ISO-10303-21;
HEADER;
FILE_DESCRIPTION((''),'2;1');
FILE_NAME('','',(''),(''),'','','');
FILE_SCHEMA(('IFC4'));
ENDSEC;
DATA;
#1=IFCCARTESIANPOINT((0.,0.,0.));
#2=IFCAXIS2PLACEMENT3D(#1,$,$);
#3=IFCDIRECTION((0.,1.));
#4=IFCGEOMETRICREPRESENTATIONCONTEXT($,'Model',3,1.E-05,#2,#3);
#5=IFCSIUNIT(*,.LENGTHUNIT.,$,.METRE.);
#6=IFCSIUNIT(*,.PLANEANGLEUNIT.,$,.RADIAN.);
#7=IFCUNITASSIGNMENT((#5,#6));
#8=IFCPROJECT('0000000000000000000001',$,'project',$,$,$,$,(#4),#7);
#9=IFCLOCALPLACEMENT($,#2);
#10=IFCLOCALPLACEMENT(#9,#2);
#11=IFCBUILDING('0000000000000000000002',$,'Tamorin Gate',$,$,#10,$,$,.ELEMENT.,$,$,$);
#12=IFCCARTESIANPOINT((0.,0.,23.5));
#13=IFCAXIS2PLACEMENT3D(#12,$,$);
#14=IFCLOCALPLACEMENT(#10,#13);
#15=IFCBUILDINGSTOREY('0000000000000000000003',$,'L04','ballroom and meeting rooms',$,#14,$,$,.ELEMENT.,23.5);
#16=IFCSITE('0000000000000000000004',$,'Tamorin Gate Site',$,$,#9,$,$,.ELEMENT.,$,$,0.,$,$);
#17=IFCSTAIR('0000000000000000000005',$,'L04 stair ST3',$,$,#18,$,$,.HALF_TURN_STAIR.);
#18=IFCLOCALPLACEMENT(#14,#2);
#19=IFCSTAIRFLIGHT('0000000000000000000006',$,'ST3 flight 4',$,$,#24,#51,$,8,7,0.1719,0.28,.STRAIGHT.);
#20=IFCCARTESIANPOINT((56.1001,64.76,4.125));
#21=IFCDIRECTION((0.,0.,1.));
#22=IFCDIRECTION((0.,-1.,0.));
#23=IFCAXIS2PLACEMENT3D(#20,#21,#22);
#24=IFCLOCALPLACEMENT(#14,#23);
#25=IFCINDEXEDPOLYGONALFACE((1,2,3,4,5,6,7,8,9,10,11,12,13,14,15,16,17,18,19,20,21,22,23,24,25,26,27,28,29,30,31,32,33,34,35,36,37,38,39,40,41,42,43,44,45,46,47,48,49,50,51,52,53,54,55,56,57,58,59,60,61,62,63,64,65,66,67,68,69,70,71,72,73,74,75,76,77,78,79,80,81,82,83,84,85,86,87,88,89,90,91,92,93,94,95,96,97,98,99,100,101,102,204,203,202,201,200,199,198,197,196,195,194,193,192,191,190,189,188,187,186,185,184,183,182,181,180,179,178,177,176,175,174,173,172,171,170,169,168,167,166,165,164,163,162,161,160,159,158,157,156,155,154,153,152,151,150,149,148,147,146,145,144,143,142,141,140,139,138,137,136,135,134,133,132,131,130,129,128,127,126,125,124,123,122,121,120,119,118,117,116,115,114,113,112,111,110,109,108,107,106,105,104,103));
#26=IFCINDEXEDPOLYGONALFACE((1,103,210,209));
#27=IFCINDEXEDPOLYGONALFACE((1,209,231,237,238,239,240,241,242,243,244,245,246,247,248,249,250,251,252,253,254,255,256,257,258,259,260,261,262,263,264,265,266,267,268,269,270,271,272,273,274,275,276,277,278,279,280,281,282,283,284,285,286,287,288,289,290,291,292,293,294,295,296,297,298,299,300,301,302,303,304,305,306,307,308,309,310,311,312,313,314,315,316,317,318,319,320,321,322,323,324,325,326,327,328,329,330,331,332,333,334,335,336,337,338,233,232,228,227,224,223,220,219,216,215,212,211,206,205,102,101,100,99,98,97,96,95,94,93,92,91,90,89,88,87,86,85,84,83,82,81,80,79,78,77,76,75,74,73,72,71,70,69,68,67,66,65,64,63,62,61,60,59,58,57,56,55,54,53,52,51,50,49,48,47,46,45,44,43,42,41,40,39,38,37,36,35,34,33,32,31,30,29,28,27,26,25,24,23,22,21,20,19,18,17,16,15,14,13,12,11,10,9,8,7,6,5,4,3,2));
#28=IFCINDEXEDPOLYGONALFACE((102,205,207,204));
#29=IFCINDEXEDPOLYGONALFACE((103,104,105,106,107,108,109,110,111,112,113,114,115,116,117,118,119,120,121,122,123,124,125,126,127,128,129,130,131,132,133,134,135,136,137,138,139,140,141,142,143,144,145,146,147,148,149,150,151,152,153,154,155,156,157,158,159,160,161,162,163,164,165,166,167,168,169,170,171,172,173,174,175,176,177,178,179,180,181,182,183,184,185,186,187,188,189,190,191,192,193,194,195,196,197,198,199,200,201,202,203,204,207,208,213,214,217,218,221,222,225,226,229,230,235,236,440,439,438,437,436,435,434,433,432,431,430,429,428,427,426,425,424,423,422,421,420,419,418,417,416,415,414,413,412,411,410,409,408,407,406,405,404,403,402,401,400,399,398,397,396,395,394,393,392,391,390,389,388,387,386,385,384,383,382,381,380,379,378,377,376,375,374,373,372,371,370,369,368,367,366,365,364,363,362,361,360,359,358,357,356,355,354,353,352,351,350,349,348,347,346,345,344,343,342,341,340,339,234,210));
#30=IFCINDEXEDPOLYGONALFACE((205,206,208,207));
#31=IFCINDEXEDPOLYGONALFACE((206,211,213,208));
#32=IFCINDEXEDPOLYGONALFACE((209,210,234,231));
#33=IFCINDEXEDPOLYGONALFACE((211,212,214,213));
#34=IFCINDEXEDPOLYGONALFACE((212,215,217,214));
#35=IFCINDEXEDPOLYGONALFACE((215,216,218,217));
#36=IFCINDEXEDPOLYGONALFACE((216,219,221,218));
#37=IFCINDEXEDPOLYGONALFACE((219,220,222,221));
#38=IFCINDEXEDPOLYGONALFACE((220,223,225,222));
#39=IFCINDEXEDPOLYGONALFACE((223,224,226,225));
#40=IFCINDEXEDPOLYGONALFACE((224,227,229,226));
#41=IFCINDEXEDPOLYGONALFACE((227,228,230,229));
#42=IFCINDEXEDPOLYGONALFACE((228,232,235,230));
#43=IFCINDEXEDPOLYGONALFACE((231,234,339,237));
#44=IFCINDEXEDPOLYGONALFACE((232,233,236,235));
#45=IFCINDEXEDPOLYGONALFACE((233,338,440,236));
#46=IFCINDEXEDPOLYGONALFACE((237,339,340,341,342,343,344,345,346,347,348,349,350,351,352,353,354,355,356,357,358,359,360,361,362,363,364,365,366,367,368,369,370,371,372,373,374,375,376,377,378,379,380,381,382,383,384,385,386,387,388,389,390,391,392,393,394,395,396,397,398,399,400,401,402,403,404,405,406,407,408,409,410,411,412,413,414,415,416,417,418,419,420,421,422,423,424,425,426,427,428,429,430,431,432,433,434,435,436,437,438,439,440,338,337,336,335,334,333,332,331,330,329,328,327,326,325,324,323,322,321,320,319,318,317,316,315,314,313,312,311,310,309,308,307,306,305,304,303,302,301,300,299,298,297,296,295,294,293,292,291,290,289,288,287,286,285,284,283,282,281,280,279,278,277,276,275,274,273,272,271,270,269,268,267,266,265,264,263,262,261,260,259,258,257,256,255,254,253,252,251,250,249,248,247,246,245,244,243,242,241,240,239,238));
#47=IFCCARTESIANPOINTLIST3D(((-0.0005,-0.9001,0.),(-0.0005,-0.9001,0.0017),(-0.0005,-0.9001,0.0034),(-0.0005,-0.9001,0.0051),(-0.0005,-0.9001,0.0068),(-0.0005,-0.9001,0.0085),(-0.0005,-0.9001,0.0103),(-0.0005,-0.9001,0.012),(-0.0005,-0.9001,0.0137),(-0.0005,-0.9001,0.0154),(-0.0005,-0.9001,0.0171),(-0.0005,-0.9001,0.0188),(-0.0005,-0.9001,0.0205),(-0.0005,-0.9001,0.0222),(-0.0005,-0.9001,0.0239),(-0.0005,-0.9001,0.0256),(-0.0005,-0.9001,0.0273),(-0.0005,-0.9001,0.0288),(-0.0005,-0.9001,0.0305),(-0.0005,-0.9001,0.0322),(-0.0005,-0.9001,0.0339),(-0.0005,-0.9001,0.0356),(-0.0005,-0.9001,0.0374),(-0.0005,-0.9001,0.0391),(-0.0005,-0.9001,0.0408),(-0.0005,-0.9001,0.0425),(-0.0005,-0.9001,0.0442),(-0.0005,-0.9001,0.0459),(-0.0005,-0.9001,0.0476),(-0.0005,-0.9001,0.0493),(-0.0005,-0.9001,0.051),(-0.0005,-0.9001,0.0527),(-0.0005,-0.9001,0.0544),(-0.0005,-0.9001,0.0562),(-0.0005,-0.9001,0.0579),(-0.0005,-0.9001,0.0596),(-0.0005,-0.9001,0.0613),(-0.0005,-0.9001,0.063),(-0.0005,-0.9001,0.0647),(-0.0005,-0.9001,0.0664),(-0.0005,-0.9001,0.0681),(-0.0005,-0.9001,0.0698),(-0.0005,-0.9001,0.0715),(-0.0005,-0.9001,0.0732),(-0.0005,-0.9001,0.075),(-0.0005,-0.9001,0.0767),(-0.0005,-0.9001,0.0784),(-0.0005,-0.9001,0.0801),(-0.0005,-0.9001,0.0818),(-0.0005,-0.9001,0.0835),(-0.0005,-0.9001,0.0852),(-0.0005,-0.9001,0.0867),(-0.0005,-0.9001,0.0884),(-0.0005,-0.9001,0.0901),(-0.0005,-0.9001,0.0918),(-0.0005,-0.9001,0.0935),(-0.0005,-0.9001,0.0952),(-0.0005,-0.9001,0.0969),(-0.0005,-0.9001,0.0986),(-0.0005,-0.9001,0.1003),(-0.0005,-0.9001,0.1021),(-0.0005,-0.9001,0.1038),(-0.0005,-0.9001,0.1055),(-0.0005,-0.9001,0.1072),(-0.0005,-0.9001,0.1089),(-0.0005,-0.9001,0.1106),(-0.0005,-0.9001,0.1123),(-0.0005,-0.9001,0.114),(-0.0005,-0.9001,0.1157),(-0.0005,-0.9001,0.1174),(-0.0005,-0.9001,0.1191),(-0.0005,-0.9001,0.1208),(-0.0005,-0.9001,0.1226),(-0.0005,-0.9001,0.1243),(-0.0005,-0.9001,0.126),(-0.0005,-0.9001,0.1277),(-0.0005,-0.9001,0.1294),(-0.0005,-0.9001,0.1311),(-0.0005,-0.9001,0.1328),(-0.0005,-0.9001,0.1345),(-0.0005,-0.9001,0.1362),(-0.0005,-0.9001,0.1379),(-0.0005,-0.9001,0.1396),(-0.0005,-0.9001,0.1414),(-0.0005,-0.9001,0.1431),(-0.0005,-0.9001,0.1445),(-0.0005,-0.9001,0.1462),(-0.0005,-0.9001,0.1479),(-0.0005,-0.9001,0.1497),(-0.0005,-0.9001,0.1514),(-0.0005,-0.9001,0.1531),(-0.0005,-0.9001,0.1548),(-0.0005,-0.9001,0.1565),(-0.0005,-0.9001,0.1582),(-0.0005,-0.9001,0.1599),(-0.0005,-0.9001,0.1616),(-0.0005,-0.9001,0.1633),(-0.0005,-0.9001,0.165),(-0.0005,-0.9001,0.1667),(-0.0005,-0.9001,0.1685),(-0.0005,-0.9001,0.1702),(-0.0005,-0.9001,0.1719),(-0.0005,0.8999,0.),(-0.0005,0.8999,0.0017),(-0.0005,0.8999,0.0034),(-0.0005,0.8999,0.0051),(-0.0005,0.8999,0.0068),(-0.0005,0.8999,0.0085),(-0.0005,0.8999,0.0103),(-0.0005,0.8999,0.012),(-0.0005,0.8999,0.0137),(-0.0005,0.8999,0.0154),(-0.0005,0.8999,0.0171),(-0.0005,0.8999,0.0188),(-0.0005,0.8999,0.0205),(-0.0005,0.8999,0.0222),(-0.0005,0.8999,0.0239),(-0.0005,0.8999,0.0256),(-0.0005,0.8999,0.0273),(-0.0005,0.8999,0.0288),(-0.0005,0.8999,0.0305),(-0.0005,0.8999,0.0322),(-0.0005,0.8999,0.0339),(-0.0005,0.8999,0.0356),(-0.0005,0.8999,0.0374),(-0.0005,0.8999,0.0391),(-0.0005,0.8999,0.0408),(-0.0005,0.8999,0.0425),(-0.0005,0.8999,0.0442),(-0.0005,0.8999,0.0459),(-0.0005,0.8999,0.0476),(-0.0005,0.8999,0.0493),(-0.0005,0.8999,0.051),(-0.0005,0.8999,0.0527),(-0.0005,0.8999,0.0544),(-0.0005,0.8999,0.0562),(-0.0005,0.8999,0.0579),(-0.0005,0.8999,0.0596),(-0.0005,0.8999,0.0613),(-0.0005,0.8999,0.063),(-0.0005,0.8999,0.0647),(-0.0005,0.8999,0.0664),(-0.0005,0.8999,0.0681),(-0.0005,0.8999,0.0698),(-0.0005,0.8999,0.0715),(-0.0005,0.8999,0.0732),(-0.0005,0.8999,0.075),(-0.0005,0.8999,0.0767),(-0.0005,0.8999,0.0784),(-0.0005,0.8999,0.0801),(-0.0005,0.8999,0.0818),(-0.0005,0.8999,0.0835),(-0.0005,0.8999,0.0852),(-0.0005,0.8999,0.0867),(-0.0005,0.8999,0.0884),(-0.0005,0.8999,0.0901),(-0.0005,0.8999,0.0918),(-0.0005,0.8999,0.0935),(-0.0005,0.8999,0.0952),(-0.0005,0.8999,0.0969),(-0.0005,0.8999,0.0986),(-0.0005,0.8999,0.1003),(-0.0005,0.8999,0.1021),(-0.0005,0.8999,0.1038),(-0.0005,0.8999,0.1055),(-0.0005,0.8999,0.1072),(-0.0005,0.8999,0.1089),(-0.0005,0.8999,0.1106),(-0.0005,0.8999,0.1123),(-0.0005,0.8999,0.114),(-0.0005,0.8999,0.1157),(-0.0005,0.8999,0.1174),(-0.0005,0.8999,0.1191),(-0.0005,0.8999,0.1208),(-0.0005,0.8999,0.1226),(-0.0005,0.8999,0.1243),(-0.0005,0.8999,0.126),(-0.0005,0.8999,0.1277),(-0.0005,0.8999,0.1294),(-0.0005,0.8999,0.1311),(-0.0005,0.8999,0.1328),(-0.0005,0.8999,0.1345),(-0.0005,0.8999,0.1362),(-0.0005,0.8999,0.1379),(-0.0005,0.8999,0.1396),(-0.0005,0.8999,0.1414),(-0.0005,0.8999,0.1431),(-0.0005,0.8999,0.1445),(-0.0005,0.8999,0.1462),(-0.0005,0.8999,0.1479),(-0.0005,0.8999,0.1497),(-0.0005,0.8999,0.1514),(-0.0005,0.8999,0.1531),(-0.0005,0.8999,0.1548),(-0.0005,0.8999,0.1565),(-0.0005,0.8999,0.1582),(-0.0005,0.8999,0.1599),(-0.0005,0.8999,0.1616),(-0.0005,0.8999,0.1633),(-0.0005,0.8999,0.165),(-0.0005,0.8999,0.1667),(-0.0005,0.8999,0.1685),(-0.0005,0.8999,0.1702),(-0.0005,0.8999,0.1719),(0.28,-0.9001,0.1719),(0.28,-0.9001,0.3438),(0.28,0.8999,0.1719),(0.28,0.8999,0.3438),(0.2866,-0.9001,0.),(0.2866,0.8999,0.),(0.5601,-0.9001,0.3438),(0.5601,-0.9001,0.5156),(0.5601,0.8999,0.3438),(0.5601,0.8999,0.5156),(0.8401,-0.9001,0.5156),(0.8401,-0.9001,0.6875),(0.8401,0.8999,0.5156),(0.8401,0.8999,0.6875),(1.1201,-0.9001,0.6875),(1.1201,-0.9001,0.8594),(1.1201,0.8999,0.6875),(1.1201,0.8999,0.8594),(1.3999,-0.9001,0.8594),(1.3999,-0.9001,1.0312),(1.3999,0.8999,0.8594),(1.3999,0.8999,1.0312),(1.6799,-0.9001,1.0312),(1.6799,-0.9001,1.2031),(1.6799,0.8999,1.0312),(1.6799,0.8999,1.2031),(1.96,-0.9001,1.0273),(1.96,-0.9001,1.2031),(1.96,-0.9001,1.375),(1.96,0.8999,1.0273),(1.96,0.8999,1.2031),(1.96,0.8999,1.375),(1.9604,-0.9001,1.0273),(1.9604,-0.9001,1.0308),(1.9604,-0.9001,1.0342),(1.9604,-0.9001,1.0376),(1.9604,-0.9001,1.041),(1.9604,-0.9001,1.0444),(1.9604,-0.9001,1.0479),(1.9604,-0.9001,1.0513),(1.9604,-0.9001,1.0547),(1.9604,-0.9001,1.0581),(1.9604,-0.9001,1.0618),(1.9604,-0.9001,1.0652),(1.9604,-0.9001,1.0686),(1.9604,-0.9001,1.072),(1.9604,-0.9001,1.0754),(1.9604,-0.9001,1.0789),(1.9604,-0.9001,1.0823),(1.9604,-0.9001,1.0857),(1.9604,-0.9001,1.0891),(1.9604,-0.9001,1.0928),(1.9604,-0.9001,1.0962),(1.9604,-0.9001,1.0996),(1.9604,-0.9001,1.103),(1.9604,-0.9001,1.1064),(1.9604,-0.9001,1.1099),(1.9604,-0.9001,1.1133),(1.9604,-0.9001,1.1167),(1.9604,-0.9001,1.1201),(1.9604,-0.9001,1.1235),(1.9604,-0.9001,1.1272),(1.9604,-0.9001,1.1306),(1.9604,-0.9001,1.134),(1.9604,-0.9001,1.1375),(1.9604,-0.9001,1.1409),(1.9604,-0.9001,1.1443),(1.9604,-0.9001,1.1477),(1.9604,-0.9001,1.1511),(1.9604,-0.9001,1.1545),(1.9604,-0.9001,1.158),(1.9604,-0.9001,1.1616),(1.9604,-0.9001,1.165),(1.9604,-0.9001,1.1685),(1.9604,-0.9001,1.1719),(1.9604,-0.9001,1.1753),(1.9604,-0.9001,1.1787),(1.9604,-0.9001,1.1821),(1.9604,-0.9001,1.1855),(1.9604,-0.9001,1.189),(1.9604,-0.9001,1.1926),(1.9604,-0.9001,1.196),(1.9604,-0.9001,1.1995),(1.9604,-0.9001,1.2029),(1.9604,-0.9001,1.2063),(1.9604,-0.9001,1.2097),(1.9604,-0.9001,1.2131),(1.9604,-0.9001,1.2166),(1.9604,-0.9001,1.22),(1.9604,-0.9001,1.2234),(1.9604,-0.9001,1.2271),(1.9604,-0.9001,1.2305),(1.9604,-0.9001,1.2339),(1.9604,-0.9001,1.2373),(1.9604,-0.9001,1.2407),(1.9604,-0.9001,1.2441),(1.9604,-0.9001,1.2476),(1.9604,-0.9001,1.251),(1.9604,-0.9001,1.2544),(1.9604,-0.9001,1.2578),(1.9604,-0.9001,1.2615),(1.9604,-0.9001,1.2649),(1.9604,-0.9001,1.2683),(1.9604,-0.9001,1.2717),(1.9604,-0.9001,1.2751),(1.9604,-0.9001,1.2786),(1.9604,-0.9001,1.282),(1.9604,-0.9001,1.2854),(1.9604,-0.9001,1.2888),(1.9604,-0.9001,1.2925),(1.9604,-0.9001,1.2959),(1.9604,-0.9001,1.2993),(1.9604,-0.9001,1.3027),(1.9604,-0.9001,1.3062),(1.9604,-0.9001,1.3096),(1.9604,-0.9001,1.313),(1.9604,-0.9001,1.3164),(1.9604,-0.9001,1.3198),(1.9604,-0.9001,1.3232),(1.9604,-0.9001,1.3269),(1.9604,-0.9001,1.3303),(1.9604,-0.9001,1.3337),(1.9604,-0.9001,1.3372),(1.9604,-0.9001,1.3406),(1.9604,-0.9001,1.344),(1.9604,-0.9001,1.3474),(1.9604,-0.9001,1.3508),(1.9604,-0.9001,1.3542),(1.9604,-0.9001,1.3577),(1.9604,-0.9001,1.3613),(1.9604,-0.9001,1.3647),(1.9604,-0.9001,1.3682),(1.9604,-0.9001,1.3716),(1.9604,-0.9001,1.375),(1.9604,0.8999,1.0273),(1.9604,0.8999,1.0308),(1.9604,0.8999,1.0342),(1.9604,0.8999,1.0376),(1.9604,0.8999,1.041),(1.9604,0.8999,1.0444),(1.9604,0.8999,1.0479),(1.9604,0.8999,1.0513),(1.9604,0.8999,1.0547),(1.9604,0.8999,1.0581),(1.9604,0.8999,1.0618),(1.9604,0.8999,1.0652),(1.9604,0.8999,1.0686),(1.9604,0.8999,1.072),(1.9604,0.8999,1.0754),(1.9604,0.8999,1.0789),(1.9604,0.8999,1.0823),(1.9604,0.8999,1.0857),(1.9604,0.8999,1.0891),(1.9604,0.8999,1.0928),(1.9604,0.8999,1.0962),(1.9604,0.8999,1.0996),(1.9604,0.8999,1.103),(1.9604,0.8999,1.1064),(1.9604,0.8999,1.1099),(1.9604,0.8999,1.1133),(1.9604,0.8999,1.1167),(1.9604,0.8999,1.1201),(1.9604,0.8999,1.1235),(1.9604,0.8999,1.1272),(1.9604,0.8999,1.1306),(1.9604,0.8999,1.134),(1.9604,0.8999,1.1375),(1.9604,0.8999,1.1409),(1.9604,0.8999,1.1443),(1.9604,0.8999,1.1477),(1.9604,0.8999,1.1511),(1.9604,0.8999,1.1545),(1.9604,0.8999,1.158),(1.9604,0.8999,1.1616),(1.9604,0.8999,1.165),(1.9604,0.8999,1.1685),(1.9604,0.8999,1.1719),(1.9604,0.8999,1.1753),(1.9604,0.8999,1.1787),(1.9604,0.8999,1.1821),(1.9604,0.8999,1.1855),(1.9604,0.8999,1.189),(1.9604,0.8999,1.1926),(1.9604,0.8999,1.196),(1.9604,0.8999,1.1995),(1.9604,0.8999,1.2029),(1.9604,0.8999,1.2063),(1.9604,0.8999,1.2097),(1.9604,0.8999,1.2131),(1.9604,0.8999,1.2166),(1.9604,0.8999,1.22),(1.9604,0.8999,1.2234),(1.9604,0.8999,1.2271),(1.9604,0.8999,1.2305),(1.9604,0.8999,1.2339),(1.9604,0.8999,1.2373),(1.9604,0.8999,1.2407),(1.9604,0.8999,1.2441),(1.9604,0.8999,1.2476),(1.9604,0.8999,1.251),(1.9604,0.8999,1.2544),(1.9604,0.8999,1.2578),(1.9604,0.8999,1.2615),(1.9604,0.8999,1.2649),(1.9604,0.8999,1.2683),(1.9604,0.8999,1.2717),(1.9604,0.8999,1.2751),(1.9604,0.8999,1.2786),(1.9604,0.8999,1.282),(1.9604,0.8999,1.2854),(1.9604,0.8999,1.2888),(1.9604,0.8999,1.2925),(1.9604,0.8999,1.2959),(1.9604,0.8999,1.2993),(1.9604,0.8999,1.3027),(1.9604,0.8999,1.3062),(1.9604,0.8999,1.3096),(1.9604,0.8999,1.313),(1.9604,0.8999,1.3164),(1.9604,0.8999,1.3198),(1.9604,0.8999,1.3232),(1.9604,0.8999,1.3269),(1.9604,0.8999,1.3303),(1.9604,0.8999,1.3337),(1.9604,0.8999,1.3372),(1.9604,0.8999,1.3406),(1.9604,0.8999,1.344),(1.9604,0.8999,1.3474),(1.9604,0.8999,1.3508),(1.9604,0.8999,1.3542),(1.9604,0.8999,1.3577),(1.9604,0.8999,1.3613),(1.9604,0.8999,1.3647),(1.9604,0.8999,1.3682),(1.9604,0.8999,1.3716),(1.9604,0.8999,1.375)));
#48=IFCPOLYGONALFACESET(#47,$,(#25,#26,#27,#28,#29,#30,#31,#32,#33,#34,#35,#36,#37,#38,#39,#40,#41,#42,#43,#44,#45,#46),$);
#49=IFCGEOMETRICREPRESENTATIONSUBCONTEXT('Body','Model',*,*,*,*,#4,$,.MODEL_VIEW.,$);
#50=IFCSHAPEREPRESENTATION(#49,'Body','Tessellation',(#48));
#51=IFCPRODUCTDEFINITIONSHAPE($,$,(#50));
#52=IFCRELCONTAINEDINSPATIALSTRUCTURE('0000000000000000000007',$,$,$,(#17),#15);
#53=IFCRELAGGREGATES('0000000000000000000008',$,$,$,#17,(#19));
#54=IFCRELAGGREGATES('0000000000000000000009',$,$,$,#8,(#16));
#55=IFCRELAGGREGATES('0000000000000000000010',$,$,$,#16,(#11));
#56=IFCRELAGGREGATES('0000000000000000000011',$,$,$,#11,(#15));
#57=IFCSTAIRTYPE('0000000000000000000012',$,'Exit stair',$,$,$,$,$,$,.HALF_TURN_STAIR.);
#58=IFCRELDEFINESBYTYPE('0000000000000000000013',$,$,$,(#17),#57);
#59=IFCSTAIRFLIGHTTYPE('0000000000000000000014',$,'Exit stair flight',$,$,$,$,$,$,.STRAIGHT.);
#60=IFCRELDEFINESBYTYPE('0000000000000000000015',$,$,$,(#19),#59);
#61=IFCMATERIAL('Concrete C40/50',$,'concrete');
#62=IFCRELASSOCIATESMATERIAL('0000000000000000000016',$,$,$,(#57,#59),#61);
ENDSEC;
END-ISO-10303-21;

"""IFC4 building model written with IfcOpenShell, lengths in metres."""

from ifc_helpers import new_model, si_unit, direction, frame, origin, place, context, subcontext, project, spatial, polyline, outline, extrude, material, type_object, element, aggregate, save


model = new_model("IFC4")

# Units and contexts
model_context = context("Model", 3, precision=1e-05, world=origin(), true_north=direction((0.0, 1.0)))
body_context = subcontext(model_context, "Body", "Model", "MODEL_VIEW")
ifc_project = project(units=[si_unit("LENGTHUNIT", "METRE"), si_unit("PLANEANGLEUNIT", "RADIAN")], contexts=[model_context])

# Site, building, storey
site_placement = place(None, origin())
site = spatial("IfcSite", under=ifc_project, at=site_placement, Name="Tamorin Gate Site", CompositionType="ELEMENT", RefElevation=0.0)
building_placement = place(site_placement, origin())
building = spatial("IfcBuilding", under=site, at=building_placement, Name="Tamorin Gate", CompositionType="ELEMENT")
storey_placement = place(building_placement, frame((0.0, 0.0, 23.5)))
storey = spatial("IfcBuildingStorey", under=building, at=storey_placement, Name="L04", Description="ballroom and meeting rooms", CompositionType="ELEMENT", Elevation=23.5)

# Shared definitions
ifc_material_1 = material(Name="Concrete C40/50", Category="concrete")

# Stair, stair flight
stair_type = type_object("IfcStairType", Name="Exit stair", PredefinedType="HALF_TURN_STAIR", material=ifc_material_1)
stair_placement = place(storey_placement, origin())
stair = element("IfcStair", 1, at=stair_placement, inside=storey, type_object=stair_type, Name="L04 stair ST3", PredefinedType="HALF_TURN_STAIR")
stair_flight_type = type_object("IfcStairFlightType", Name="Exit stair flight", PredefinedType="STRAIGHT", material=ifc_material_1)
stair_flight_1_placement = place(storey_placement, frame((56.1001, 64.76, 4.125), z_axis=(0.0, 0.0, 1.0), x_axis=(0.0, -1.0, 0.0)))
stair_flight_1 = element("IfcStairFlight", 2, at=stair_flight_1_placement, type_object=stair_flight_type, Name="ST3 flight 4", NumberOfRisers=8, NumberOfTreads=7, PredefinedType="STRAIGHT", RiserHeight=0.1719, TreadLength=0.28, context=body_context, shape_type="SweptSolid", body=[
    extrude(outline(polyline([(-0.0005, 0.0), (-0.0005, 0.0017), (-0.0005, 0.0034), (-0.0005, 0.0051), (-0.0005, 0.0068), (-0.0005, 0.0085), (-0.0005, 0.0103), (-0.0005, 0.012), (-0.0005, 0.0137), (-0.0005, 0.0154), (-0.0005, 0.0171), (-0.0005, 0.0188), (-0.0005, 0.0205), (-0.0005, 0.0222), (-0.0005, 0.0239), (-0.0005, 0.0256), (-0.0005, 0.0273), (-0.0005, 0.0288), (-0.0005, 0.0305), (-0.0005, 0.0322), (-0.0005, 0.0339), (-0.0005, 0.0356), (-0.0005, 0.0374), (-0.0005, 0.0391), (-0.0005, 0.0408), (-0.0005, 0.0425), (-0.0005, 0.0442), (-0.0005, 0.0459), (-0.0005, 0.0476), (-0.0005, 0.0493), (-0.0005, 0.051), (-0.0005, 0.0527), (-0.0005, 0.0544), (-0.0005, 0.0562), (-0.0005, 0.0579), (-0.0005, 0.0596), (-0.0005, 0.0613), (-0.0005, 0.063), (-0.0005, 0.0647), (-0.0005, 0.0664), (-0.0005, 0.0681), (-0.0005, 0.0698), (-0.0005, 0.0715), (-0.0005, 0.0732), (-0.0005, 0.075), (-0.0005, 0.0767), (-0.0005, 0.0784), (-0.0005, 0.0801), (-0.0005, 0.0818), (-0.0005, 0.0835), (-0.0005, 0.0852), (-0.0005, 0.0867), (-0.0005, 0.0884), (-0.0005, 0.0901), (-0.0005, 0.0918), (-0.0005, 0.0935), (-0.0005, 0.0952), (-0.0005, 0.0969), (-0.0005, 0.0986), (-0.0005, 0.1003), (-0.0005, 0.1021), (-0.0005, 0.1038), (-0.0005, 0.1055), (-0.0005, 0.1072), (-0.0005, 0.1089), (-0.0005, 0.1106), (-0.0005, 0.1123), (-0.0005, 0.114), (-0.0005, 0.1157), (-0.0005, 0.1174), (-0.0005, 0.1191), (-0.0005, 0.1208), (-0.0005, 0.1226), (-0.0005, 0.1243), (-0.0005, 0.126), (-0.0005, 0.1277), (-0.0005, 0.1294), (-0.0005, 0.1311), (-0.0005, 0.1328), (-0.0005, 0.1345), (-0.0005, 0.1362), (-0.0005, 0.1379), (-0.0005, 0.1396), (-0.0005, 0.1414), (-0.0005, 0.1431), (-0.0005, 0.1445), (-0.0005, 0.1462), (-0.0005, 0.1479), (-0.0005, 0.1497), (-0.0005, 0.1514), (-0.0005, 0.1531), (-0.0005, 0.1548), (-0.0005, 0.1565), (-0.0005, 0.1582), (-0.0005, 0.1599), (-0.0005, 0.1616), (-0.0005, 0.1633), (-0.0005, 0.165), (-0.0005, 0.1667), (-0.0005, 0.1685), (-0.0005, 0.1702), (-0.0005, 0.1719), (0.28, 0.1719), (0.28, 0.3438), (0.5601, 0.3438), (0.5601, 0.5156), (0.8401, 0.5156), (0.8401, 0.6875), (1.1201, 0.6875), (1.1201, 0.8594), (1.3999, 0.8594), (1.3999, 1.0312), (1.6799, 1.0312), (1.6799, 1.2031), (1.96, 1.2031), (1.96, 1.375), (1.9604, 1.375), (1.9604, 1.3716), (1.9604, 1.3682), (1.9604, 1.3647), (1.9604, 1.3613), (1.9604, 1.3577), (1.9604, 1.3542), (1.9604, 1.3508), (1.9604, 1.3474), (1.9604, 1.344), (1.9604, 1.3406), (1.9604, 1.3372), (1.9604, 1.3337), (1.9604, 1.3303), (1.9604, 1.3269), (1.9604, 1.3232), (1.9604, 1.3198), (1.9604, 1.3164), (1.9604, 1.313), (1.9604, 1.3096), (1.9604, 1.3062), (1.9604, 1.3027), (1.9604, 1.2993), (1.9604, 1.2959), (1.9604, 1.2925), (1.9604, 1.2888), (1.9604, 1.2854), (1.9604, 1.282), (1.9604, 1.2786), (1.9604, 1.2751), (1.9604, 1.2717), (1.9604, 1.2683), (1.9604, 1.2649), (1.9604, 1.2615), (1.9604, 1.2578), (1.9604, 1.2544), (1.9604, 1.251), (1.9604, 1.2476), (1.9604, 1.2441), (1.9604, 1.2407), (1.9604, 1.2373), (1.9604, 1.2339), (1.9604, 1.2305), (1.9604, 1.2271), (1.9604, 1.2234), (1.9604, 1.22), (1.9604, 1.2166), (1.9604, 1.2131), (1.9604, 1.2097), (1.9604, 1.2063), (1.9604, 1.2029), (1.9604, 1.1995), (1.9604, 1.196), (1.9604, 1.1926), (1.9604, 1.189), (1.9604, 1.1855), (1.9604, 1.1821), (1.9604, 1.1787), (1.9604, 1.1753), (1.9604, 1.1719), (1.9604, 1.1685), (1.9604, 1.165), (1.9604, 1.1616), (1.9604, 1.158), (1.9604, 1.1545), (1.9604, 1.1511), (1.9604, 1.1477), (1.9604, 1.1443), (1.9604, 1.1409), (1.9604, 1.1375), (1.9604, 1.134), (1.9604, 1.1306), (1.9604, 1.1272), (1.9604, 1.1235), (1.9604, 1.1201), (1.9604, 1.1167), (1.9604, 1.1133), (1.9604, 1.1099), (1.9604, 1.1064), (1.9604, 1.103), (1.9604, 1.0996), (1.9604, 1.0962), (1.9604, 1.0928), (1.9604, 1.0891), (1.9604, 1.0857), (1.9604, 1.0823), (1.9604, 1.0789), (1.9604, 1.0754), (1.9604, 1.072), (1.9604, 1.0686), (1.9604, 1.0652), (1.9604, 1.0618), (1.9604, 1.0581), (1.9604, 1.0547), (1.9604, 1.0513), (1.9604, 1.0479), (1.9604, 1.0444), (1.9604, 1.041), (1.9604, 1.0376), (1.9604, 1.0342), (1.9604, 1.0308), (1.9604, 1.0273), (1.96, 1.0273), (0.2866, 0.0), (-0.0005, 0.0)])), frame((0.0, 0.8999, 0.0), z_axis=(0.0, -1.0, 0.0), x_axis=(1.0, 0.0, 0.0)), (0.0, 0.0, 1.0), 1.8),
])
aggregate(stair, [stair_flight_1])

save(model, "model.ifc")
